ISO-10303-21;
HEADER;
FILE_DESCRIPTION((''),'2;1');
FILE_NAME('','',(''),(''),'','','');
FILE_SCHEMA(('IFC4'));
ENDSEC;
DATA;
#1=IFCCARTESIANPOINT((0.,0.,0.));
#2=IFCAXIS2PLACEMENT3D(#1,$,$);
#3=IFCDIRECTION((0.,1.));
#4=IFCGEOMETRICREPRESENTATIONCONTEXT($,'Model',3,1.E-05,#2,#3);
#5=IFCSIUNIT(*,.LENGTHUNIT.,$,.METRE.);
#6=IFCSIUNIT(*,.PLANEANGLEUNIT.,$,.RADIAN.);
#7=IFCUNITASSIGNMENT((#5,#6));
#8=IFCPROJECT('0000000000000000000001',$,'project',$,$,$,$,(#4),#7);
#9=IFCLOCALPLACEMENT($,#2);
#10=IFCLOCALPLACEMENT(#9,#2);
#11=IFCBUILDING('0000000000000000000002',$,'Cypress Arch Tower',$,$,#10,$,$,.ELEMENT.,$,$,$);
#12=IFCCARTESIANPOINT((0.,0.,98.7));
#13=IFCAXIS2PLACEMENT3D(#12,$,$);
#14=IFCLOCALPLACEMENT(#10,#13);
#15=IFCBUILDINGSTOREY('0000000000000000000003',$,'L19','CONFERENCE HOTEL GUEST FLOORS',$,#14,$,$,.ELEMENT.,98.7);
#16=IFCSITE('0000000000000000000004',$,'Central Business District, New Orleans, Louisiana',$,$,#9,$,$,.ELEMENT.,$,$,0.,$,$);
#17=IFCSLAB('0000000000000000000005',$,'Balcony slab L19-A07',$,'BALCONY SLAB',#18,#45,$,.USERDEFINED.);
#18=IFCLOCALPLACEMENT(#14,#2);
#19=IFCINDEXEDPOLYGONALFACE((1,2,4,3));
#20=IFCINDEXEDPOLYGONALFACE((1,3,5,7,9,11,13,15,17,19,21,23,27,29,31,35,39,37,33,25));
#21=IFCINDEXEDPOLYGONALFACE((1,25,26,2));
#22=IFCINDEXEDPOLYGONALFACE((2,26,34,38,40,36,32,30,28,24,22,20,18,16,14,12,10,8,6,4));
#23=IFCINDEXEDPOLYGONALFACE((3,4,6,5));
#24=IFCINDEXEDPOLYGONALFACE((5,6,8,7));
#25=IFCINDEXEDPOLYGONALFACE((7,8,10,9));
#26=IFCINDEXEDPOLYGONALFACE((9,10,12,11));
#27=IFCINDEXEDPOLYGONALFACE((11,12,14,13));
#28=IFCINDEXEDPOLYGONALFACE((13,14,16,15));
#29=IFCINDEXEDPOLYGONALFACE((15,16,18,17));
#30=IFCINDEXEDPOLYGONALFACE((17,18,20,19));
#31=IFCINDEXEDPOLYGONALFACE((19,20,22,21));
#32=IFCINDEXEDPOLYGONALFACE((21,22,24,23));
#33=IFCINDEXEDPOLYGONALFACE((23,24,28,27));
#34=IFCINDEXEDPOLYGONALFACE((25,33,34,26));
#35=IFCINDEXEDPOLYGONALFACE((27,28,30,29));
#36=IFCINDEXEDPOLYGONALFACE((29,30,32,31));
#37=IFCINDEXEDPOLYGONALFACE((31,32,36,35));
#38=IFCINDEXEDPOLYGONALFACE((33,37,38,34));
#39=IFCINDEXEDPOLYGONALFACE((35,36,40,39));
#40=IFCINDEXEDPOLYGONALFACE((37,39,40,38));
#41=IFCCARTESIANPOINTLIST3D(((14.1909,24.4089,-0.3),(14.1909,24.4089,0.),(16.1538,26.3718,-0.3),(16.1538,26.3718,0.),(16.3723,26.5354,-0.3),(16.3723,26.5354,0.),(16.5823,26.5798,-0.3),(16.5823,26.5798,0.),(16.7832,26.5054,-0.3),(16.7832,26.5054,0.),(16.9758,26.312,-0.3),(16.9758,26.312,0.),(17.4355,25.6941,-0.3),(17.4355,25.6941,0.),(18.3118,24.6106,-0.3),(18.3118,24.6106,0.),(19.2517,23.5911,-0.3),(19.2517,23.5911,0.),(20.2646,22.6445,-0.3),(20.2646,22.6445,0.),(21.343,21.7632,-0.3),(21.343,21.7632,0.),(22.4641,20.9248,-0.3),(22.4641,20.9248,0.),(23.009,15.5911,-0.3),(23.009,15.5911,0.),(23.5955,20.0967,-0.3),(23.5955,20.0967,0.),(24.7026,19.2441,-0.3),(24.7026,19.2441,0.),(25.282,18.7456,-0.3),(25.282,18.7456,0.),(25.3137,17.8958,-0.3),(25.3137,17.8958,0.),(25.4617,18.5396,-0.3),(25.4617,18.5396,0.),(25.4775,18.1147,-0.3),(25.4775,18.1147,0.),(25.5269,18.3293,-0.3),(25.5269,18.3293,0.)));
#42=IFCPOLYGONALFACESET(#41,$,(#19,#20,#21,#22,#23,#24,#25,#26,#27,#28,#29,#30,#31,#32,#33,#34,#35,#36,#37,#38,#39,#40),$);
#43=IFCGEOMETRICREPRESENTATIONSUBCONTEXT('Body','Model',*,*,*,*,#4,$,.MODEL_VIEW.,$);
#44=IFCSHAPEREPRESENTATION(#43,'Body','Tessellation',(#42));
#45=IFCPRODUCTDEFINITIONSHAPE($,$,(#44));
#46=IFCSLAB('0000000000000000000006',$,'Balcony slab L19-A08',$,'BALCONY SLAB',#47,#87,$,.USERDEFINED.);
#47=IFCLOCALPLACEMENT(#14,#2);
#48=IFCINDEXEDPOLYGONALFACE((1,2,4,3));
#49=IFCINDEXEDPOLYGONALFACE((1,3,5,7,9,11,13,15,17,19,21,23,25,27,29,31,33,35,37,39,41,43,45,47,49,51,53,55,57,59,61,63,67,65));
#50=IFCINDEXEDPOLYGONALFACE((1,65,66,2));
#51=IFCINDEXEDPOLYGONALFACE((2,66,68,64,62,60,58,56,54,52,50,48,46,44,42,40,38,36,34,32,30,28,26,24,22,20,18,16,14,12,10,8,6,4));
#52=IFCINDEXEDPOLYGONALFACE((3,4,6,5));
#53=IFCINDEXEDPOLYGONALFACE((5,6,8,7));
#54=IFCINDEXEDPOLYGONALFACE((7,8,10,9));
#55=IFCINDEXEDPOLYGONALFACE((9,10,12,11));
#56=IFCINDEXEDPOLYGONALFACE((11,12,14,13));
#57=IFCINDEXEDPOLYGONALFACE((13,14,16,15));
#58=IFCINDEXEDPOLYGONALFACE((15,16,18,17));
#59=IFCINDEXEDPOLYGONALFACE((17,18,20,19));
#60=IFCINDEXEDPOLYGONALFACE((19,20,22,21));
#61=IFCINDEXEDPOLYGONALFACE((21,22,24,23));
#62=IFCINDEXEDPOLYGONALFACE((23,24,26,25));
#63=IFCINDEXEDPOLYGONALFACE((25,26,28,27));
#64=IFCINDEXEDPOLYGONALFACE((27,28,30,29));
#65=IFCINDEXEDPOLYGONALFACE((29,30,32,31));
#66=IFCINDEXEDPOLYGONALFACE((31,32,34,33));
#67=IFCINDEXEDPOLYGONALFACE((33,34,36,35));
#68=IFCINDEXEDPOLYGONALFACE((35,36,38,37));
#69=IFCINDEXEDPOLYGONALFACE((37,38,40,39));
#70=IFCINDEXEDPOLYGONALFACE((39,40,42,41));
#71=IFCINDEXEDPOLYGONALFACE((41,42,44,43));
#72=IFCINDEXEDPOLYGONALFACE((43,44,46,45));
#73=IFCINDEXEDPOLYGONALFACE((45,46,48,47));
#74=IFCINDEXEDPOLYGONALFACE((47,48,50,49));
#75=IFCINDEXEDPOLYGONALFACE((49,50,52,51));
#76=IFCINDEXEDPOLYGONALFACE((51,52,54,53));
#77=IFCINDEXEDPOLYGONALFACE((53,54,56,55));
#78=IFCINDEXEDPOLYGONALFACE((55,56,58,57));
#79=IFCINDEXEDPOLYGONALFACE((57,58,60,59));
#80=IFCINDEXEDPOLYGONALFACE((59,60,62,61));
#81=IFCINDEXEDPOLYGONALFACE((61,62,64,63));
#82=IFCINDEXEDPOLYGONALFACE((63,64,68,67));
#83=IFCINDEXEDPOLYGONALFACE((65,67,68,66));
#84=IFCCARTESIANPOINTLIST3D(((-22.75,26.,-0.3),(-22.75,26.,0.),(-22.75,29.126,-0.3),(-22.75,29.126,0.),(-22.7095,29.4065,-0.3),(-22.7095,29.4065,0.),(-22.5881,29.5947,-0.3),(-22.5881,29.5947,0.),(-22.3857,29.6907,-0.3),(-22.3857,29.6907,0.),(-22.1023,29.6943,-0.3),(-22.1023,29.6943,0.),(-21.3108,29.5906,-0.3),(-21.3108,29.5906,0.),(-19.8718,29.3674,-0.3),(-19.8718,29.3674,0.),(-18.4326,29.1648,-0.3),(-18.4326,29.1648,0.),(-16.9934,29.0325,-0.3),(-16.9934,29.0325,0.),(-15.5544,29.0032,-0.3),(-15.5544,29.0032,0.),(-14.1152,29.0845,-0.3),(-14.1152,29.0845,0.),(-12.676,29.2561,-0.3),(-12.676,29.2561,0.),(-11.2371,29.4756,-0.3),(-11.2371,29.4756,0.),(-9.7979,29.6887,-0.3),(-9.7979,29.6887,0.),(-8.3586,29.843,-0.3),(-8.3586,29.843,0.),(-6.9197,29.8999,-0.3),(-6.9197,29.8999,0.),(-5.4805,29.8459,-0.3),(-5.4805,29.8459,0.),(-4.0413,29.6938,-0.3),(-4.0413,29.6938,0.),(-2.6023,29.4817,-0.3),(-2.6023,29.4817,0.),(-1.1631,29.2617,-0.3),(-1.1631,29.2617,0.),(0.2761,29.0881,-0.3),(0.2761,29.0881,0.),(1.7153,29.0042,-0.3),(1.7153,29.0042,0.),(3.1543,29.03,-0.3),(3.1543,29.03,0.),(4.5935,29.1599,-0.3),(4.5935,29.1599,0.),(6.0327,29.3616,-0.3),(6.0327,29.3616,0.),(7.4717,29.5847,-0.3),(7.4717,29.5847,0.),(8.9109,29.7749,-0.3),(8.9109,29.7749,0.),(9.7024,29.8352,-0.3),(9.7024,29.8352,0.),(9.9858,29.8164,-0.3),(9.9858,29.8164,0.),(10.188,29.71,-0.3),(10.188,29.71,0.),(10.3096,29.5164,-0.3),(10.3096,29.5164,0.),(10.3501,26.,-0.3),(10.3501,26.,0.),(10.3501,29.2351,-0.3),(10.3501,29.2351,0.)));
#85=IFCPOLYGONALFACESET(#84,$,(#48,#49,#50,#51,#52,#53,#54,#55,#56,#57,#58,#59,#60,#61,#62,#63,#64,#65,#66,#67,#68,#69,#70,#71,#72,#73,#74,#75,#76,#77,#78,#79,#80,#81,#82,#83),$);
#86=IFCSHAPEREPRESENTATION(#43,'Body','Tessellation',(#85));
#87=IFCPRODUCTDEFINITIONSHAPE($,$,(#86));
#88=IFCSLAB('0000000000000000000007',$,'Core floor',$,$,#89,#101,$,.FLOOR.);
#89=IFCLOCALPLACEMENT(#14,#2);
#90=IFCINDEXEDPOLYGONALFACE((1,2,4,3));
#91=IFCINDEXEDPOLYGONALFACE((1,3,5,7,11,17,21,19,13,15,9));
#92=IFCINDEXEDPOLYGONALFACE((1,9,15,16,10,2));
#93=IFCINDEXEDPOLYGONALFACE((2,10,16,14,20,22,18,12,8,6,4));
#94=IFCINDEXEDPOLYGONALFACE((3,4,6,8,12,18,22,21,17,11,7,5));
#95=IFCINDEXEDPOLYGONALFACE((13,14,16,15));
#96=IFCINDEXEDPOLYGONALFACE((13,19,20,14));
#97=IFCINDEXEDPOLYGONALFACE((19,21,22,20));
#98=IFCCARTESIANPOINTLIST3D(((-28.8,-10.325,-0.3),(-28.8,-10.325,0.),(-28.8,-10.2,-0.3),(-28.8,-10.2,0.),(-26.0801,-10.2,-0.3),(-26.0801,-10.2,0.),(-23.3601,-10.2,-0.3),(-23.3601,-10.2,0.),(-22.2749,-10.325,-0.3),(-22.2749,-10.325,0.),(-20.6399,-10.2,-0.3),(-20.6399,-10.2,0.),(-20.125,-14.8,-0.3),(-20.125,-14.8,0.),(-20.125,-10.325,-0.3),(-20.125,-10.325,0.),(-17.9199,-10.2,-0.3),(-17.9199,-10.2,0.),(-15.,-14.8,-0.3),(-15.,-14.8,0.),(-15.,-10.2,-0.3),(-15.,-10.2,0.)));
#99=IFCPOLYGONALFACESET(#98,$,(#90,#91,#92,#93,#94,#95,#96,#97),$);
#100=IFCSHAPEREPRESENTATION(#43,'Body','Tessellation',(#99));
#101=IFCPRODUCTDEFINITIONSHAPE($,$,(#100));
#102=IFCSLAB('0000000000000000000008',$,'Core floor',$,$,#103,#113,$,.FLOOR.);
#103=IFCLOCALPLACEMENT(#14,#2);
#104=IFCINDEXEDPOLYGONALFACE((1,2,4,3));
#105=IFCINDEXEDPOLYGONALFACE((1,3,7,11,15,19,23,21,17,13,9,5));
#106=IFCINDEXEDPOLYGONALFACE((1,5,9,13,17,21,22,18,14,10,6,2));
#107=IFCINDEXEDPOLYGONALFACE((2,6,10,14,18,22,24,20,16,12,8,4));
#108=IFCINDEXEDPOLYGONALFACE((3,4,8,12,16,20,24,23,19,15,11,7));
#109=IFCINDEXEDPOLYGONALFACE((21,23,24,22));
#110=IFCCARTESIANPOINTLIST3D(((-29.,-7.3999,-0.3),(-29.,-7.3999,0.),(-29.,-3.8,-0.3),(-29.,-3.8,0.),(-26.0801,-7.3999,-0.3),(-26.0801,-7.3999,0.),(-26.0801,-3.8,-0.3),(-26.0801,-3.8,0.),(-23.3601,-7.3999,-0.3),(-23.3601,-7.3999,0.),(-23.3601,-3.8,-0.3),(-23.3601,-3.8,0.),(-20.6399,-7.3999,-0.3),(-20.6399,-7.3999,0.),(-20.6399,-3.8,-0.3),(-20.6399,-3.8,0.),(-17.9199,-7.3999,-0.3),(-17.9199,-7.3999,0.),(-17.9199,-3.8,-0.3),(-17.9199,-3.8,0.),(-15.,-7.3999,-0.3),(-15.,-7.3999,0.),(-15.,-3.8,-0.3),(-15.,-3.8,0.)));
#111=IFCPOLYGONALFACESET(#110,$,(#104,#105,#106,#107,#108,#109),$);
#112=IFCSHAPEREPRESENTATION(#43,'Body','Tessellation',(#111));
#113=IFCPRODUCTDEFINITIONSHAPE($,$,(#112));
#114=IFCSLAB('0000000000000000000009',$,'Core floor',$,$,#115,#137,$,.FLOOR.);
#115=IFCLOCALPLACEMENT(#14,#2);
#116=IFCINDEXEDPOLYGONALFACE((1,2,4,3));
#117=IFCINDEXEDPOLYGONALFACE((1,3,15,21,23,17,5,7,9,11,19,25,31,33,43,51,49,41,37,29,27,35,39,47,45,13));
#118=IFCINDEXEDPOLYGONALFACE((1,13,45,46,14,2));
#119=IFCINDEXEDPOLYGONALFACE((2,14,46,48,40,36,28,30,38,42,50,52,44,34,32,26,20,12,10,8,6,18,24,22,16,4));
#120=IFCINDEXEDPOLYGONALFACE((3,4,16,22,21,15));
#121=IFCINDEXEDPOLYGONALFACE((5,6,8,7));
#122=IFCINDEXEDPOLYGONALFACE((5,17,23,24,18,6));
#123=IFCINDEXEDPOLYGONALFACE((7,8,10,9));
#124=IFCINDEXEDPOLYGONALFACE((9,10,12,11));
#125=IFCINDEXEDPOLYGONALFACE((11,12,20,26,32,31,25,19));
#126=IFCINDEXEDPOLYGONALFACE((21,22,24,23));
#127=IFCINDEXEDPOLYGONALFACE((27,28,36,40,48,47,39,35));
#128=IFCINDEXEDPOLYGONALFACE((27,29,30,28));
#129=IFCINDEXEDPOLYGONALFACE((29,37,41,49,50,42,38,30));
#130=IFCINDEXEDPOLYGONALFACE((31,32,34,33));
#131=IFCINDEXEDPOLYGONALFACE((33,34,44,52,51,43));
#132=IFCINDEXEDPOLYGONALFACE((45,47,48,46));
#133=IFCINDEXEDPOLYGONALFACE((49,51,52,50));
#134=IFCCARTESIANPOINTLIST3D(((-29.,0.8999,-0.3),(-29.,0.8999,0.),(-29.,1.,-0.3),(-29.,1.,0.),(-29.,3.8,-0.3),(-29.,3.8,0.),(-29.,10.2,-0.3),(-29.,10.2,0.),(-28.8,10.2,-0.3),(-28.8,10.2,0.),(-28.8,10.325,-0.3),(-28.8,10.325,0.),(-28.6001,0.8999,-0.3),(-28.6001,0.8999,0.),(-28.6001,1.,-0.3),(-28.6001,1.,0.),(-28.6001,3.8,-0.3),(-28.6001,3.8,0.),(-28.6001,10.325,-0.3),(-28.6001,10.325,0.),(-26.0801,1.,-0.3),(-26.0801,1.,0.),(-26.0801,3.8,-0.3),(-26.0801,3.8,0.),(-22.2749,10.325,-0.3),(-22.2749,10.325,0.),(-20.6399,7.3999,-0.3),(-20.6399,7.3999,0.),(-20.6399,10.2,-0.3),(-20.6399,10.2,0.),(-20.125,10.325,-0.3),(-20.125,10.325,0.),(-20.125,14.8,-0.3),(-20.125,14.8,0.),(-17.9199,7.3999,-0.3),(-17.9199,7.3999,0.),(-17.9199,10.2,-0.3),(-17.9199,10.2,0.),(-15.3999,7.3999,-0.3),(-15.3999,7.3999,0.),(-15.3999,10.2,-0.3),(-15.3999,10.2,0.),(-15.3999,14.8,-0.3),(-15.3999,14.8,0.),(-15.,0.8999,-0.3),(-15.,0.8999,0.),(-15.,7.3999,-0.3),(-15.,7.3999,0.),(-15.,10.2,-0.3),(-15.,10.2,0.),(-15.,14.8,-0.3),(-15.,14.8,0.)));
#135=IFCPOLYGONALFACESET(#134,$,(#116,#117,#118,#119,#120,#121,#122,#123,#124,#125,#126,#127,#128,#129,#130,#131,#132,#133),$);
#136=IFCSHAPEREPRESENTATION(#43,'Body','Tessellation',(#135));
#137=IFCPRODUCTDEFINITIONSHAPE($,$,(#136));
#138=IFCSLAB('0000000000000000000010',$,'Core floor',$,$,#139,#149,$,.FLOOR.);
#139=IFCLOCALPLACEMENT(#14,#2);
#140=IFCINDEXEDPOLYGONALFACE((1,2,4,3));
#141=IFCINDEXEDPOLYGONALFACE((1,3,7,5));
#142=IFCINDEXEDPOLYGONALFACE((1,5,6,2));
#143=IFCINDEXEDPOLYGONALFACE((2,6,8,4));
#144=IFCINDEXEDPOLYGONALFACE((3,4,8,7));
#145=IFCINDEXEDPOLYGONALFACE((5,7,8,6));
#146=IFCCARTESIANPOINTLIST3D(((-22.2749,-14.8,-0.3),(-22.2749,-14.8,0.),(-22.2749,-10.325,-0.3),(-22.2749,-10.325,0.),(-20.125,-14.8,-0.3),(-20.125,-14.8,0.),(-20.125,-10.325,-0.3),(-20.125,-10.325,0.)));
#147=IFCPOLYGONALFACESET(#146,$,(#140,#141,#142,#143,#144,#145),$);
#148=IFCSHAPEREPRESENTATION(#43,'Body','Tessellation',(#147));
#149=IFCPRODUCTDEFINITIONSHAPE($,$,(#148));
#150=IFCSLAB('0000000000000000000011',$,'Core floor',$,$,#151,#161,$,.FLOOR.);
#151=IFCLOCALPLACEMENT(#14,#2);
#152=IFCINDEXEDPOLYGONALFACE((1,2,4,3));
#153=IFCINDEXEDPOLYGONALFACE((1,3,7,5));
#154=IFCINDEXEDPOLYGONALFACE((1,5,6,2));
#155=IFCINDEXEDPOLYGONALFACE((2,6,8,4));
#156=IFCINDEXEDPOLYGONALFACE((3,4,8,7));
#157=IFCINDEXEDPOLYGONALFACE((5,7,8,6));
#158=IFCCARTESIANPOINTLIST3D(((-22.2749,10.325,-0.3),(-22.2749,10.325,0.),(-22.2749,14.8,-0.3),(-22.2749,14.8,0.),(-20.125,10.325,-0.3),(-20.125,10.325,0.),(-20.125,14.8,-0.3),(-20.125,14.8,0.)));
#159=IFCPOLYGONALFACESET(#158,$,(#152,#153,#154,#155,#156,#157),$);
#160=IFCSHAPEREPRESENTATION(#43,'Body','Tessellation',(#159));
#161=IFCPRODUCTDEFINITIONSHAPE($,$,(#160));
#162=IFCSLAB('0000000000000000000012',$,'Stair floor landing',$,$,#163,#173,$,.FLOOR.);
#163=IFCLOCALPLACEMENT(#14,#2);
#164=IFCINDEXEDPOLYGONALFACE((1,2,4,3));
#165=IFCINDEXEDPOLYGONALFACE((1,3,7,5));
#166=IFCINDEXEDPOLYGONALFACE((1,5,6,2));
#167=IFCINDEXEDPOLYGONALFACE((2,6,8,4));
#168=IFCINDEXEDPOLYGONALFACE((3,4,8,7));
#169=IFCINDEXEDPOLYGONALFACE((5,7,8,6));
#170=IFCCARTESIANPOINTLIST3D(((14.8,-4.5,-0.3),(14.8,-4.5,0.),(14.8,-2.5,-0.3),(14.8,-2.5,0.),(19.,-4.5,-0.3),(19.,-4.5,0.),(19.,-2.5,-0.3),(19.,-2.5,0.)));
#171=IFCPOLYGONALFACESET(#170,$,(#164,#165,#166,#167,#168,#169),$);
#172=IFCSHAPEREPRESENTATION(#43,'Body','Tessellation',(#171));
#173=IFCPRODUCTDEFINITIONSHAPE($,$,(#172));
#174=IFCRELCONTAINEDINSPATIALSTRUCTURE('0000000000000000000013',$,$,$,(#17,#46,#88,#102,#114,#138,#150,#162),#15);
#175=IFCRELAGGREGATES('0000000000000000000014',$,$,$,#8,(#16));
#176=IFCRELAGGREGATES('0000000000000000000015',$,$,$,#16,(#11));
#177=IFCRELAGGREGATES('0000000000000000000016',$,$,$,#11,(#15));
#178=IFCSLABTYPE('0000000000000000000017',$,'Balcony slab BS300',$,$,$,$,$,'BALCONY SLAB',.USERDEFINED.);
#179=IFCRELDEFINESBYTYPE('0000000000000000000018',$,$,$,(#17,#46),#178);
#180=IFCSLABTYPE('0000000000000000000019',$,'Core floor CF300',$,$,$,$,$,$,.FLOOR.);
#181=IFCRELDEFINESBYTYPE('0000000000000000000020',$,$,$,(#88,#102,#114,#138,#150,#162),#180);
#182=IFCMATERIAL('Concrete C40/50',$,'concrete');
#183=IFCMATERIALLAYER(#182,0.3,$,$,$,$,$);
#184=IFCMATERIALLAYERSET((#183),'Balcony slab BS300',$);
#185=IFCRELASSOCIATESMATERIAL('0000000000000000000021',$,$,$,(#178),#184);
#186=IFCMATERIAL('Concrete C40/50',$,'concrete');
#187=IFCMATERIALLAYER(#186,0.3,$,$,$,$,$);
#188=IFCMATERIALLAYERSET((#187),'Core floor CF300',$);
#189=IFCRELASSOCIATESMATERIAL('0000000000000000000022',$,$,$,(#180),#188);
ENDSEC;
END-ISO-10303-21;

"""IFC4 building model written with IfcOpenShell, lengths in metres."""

from ifc_helpers import new_model, si_unit, direction, frame, origin, place, context, subcontext, project, spatial, polyline, outline, extrude, material, layer, layer_set, type_object, element, save


model = new_model("IFC4")

# Units and contexts
model_context = context("Model", 3, precision=1e-05, world=origin(), true_north=direction((0.0, 1.0)))
body_context = subcontext(model_context, "Body", "Model", "MODEL_VIEW")
ifc_project = project(units=[si_unit("LENGTHUNIT", "METRE"), si_unit("PLANEANGLEUNIT", "RADIAN")], contexts=[model_context])

# Site, building, storey
site_placement = place(None, origin())
site = spatial("IfcSite", under=ifc_project, at=site_placement, Name="Central Business District, New Orleans, Louisiana", CompositionType="ELEMENT", RefElevation=0.0)
building_placement = place(site_placement, origin())
building = spatial("IfcBuilding", under=site, at=building_placement, Name="Cypress Arch Tower", CompositionType="ELEMENT")
storey_placement = place(building_placement, frame((0.0, 0.0, 98.7)))
storey = spatial("IfcBuildingStorey", under=building, at=storey_placement, Name="L19", Description="CONFERENCE HOTEL GUEST FLOORS", CompositionType="ELEMENT", Elevation=98.7)

# Slabs
ifc_material_1 = material(Name="Concrete C40/50", Category="concrete")
ifc_layer_1 = layer(ifc_material_1, 0.3)
ifc_layer_set_1 = layer_set([ifc_layer_1], Name="Balcony slab BS300")
slab_type_1 = type_object("IfcSlabType", Name="Balcony slab BS300", ElementType="BALCONY SLAB", PredefinedType="USERDEFINED", material=ifc_layer_set_1)
slab_1_placement = place(storey_placement, frame((0.0, 0.0, -0.3)))
element("IfcSlab", 1, at=slab_1_placement, inside=storey, type_object=slab_type_1, Name="Balcony slab L19-A07", ObjectType="BALCONY SLAB", PredefinedType="USERDEFINED", context=body_context, shape_type="SweptSolid", body=[
    extrude(outline(polyline([(23.009, 15.5911), (25.3137, 17.8958), (25.4775, 18.1147), (25.5269, 18.3293), (25.4617, 18.5396), (25.282, 18.7456), (24.7026, 19.2441), (23.5955, 20.0967), (22.4641, 20.9248), (21.343, 21.7632), (20.2646, 22.6445), (19.2517, 23.5911), (18.3118, 24.6106), (17.4355, 25.6941), (16.9758, 26.312), (16.7832, 26.5054), (16.5823, 26.5798), (16.3723, 26.5354), (16.1538, 26.3718), (14.1909, 24.4089), (23.009, 15.5911)])), origin(), (0.0, 0.0, 1.0), 0.3),
])
slab_2_placement = place(storey_placement, frame((0.0, 0.0, -0.3)))
element("IfcSlab", 2, at=slab_2_placement, inside=storey, type_object=slab_type_1, Name="Balcony slab L19-A08", ObjectType="BALCONY SLAB", PredefinedType="USERDEFINED", context=body_context, shape_type="SweptSolid", body=[
    extrude(outline(polyline([(10.3501, 26.0), (10.3501, 29.2351), (10.3096, 29.5164), (10.188, 29.71), (9.9858, 29.8164), (9.7024, 29.8352), (8.9109, 29.7749), (7.4717, 29.5847), (6.0327, 29.3616), (4.5935, 29.1599), (3.1543, 29.03), (1.7153, 29.0042), (0.2761, 29.0881), (-1.1631, 29.2617), (-2.6023, 29.4817), (-4.0413, 29.6938), (-5.4805, 29.8459), (-6.9197, 29.8999), (-8.3586, 29.843), (-9.7979, 29.6887), (-11.2371, 29.4756), (-12.676, 29.2561), (-14.1152, 29.0845), (-15.5544, 29.0032), (-16.9934, 29.0325), (-18.4326, 29.1648), (-19.8718, 29.3674), (-21.3108, 29.5906), (-22.1023, 29.6943), (-22.3857, 29.6907), (-22.5881, 29.5947), (-22.7095, 29.4065), (-22.75, 29.126), (-22.75, 26.0), (10.3501, 26.0)])), origin(), (0.0, 0.0, 1.0), 0.3),
])
ifc_material_2 = material(Name="Concrete C40/50", Category="concrete")
ifc_layer_2 = layer(ifc_material_2, 0.3)
ifc_layer_set_2 = layer_set([ifc_layer_2], Name="Core floor CF300")
slab_type_2 = type_object("IfcSlabType", Name="Core floor CF300", PredefinedType="FLOOR", material=ifc_layer_set_2)
slab_3_placement = place(storey_placement, frame((0.0, 0.0, -0.3)))
element("IfcSlab", 3, at=slab_3_placement, inside=storey, type_object=slab_type_2, Name="Core floor", PredefinedType="FLOOR", context=body_context, shape_type="SweptSolid", body=[
    extrude(outline(polyline([(-20.125, -14.8), (-15.0, -14.8), (-15.0, -10.2), (-17.9199, -10.2), (-20.6399, -10.2), (-23.3601, -10.2), (-26.0801, -10.2), (-28.8, -10.2), (-28.8, -10.325), (-22.2749, -10.325), (-20.125, -10.325), (-20.125, -14.8)])), origin(), (0.0, 0.0, 1.0), 0.3),
])
slab_4_placement = place(storey_placement, frame((0.0, 0.0, -0.3)))
element("IfcSlab", 4, at=slab_4_placement, inside=storey, type_object=slab_type_2, Name="Core floor", PredefinedType="FLOOR", context=body_context, shape_type="SweptSolid", body=[
    extrude(outline(polyline([(-29.0, -3.8), (-29.0, -7.3999), (-26.0801, -7.3999), (-23.3601, -7.3999), (-20.6399, -7.3999), (-17.9199, -7.3999), (-15.0, -7.3999), (-15.0, -3.8), (-17.9199, -3.8), (-20.6399, -3.8), (-23.3601, -3.8), (-26.0801, -3.8), (-29.0, -3.8)])), origin(), (0.0, 0.0, 1.0), 0.3),
])
slab_5_placement = place(storey_placement, frame((0.0, 0.0, -0.3)))
element("IfcSlab", 5, at=slab_5_placement, inside=storey, type_object=slab_type_2, Name="Core floor", PredefinedType="FLOOR", context=body_context, shape_type="SweptSolid", body=[
    extrude(outline(polyline([(-29.0, 3.8), (-29.0, 10.2), (-28.8, 10.2), (-28.8, 10.325), (-28.6001, 10.325), (-22.2749, 10.325), (-20.125, 10.325), (-20.125, 14.8), (-15.3999, 14.8), (-15.0, 14.8), (-15.0, 10.2), (-15.3999, 10.2), (-17.9199, 10.2), (-20.6399, 10.2), (-20.6399, 7.3999), (-17.9199, 7.3999), (-15.3999, 7.3999), (-15.0, 7.3999), (-15.0, 0.8999), (-28.6001, 0.8999), (-29.0, 0.8999), (-29.0, 1.0), (-28.6001, 1.0), (-26.0801, 1.0), (-26.0801, 3.8), (-28.6001, 3.8), (-29.0, 3.8)])), origin(), (0.0, 0.0, 1.0), 0.3),
])
slab_6_placement = place(storey_placement, frame((0.0, 0.0, -0.3)))
element("IfcSlab", 6, at=slab_6_placement, inside=storey, type_object=slab_type_2, Name="Core floor", PredefinedType="FLOOR", context=body_context, shape_type="SweptSolid", body=[
    extrude(outline(polyline([(-22.2749, -10.325), (-22.2749, -14.8), (-20.125, -14.8), (-20.125, -10.325), (-22.2749, -10.325)])), origin(), (0.0, 0.0, 1.0), 0.3),
])
slab_7_placement = place(storey_placement, frame((0.0, 0.0, -0.3)))
element("IfcSlab", 7, at=slab_7_placement, inside=storey, type_object=slab_type_2, Name="Core floor", PredefinedType="FLOOR", context=body_context, shape_type="SweptSolid", body=[
    extrude(outline(polyline([(-20.125, 14.8), (-22.2749, 14.8), (-22.2749, 10.325), (-20.125, 10.325), (-20.125, 14.8)])), origin(), (0.0, 0.0, 1.0), 0.3),
])
slab_8_placement = place(storey_placement, frame((0.0, 0.0, -0.3)))
element("IfcSlab", 8, at=slab_8_placement, inside=storey, type_object=slab_type_2, Name="Stair floor landing", PredefinedType="FLOOR", context=body_context, shape_type="SweptSolid", body=[
    extrude(outline(polyline([(19.0, -4.5), (19.0, -2.5), (14.8, -2.5), (14.8, -4.5), (19.0, -4.5)])), origin(), (0.0, 0.0, 1.0), 0.3),
])

save(model, "model.ifc")
